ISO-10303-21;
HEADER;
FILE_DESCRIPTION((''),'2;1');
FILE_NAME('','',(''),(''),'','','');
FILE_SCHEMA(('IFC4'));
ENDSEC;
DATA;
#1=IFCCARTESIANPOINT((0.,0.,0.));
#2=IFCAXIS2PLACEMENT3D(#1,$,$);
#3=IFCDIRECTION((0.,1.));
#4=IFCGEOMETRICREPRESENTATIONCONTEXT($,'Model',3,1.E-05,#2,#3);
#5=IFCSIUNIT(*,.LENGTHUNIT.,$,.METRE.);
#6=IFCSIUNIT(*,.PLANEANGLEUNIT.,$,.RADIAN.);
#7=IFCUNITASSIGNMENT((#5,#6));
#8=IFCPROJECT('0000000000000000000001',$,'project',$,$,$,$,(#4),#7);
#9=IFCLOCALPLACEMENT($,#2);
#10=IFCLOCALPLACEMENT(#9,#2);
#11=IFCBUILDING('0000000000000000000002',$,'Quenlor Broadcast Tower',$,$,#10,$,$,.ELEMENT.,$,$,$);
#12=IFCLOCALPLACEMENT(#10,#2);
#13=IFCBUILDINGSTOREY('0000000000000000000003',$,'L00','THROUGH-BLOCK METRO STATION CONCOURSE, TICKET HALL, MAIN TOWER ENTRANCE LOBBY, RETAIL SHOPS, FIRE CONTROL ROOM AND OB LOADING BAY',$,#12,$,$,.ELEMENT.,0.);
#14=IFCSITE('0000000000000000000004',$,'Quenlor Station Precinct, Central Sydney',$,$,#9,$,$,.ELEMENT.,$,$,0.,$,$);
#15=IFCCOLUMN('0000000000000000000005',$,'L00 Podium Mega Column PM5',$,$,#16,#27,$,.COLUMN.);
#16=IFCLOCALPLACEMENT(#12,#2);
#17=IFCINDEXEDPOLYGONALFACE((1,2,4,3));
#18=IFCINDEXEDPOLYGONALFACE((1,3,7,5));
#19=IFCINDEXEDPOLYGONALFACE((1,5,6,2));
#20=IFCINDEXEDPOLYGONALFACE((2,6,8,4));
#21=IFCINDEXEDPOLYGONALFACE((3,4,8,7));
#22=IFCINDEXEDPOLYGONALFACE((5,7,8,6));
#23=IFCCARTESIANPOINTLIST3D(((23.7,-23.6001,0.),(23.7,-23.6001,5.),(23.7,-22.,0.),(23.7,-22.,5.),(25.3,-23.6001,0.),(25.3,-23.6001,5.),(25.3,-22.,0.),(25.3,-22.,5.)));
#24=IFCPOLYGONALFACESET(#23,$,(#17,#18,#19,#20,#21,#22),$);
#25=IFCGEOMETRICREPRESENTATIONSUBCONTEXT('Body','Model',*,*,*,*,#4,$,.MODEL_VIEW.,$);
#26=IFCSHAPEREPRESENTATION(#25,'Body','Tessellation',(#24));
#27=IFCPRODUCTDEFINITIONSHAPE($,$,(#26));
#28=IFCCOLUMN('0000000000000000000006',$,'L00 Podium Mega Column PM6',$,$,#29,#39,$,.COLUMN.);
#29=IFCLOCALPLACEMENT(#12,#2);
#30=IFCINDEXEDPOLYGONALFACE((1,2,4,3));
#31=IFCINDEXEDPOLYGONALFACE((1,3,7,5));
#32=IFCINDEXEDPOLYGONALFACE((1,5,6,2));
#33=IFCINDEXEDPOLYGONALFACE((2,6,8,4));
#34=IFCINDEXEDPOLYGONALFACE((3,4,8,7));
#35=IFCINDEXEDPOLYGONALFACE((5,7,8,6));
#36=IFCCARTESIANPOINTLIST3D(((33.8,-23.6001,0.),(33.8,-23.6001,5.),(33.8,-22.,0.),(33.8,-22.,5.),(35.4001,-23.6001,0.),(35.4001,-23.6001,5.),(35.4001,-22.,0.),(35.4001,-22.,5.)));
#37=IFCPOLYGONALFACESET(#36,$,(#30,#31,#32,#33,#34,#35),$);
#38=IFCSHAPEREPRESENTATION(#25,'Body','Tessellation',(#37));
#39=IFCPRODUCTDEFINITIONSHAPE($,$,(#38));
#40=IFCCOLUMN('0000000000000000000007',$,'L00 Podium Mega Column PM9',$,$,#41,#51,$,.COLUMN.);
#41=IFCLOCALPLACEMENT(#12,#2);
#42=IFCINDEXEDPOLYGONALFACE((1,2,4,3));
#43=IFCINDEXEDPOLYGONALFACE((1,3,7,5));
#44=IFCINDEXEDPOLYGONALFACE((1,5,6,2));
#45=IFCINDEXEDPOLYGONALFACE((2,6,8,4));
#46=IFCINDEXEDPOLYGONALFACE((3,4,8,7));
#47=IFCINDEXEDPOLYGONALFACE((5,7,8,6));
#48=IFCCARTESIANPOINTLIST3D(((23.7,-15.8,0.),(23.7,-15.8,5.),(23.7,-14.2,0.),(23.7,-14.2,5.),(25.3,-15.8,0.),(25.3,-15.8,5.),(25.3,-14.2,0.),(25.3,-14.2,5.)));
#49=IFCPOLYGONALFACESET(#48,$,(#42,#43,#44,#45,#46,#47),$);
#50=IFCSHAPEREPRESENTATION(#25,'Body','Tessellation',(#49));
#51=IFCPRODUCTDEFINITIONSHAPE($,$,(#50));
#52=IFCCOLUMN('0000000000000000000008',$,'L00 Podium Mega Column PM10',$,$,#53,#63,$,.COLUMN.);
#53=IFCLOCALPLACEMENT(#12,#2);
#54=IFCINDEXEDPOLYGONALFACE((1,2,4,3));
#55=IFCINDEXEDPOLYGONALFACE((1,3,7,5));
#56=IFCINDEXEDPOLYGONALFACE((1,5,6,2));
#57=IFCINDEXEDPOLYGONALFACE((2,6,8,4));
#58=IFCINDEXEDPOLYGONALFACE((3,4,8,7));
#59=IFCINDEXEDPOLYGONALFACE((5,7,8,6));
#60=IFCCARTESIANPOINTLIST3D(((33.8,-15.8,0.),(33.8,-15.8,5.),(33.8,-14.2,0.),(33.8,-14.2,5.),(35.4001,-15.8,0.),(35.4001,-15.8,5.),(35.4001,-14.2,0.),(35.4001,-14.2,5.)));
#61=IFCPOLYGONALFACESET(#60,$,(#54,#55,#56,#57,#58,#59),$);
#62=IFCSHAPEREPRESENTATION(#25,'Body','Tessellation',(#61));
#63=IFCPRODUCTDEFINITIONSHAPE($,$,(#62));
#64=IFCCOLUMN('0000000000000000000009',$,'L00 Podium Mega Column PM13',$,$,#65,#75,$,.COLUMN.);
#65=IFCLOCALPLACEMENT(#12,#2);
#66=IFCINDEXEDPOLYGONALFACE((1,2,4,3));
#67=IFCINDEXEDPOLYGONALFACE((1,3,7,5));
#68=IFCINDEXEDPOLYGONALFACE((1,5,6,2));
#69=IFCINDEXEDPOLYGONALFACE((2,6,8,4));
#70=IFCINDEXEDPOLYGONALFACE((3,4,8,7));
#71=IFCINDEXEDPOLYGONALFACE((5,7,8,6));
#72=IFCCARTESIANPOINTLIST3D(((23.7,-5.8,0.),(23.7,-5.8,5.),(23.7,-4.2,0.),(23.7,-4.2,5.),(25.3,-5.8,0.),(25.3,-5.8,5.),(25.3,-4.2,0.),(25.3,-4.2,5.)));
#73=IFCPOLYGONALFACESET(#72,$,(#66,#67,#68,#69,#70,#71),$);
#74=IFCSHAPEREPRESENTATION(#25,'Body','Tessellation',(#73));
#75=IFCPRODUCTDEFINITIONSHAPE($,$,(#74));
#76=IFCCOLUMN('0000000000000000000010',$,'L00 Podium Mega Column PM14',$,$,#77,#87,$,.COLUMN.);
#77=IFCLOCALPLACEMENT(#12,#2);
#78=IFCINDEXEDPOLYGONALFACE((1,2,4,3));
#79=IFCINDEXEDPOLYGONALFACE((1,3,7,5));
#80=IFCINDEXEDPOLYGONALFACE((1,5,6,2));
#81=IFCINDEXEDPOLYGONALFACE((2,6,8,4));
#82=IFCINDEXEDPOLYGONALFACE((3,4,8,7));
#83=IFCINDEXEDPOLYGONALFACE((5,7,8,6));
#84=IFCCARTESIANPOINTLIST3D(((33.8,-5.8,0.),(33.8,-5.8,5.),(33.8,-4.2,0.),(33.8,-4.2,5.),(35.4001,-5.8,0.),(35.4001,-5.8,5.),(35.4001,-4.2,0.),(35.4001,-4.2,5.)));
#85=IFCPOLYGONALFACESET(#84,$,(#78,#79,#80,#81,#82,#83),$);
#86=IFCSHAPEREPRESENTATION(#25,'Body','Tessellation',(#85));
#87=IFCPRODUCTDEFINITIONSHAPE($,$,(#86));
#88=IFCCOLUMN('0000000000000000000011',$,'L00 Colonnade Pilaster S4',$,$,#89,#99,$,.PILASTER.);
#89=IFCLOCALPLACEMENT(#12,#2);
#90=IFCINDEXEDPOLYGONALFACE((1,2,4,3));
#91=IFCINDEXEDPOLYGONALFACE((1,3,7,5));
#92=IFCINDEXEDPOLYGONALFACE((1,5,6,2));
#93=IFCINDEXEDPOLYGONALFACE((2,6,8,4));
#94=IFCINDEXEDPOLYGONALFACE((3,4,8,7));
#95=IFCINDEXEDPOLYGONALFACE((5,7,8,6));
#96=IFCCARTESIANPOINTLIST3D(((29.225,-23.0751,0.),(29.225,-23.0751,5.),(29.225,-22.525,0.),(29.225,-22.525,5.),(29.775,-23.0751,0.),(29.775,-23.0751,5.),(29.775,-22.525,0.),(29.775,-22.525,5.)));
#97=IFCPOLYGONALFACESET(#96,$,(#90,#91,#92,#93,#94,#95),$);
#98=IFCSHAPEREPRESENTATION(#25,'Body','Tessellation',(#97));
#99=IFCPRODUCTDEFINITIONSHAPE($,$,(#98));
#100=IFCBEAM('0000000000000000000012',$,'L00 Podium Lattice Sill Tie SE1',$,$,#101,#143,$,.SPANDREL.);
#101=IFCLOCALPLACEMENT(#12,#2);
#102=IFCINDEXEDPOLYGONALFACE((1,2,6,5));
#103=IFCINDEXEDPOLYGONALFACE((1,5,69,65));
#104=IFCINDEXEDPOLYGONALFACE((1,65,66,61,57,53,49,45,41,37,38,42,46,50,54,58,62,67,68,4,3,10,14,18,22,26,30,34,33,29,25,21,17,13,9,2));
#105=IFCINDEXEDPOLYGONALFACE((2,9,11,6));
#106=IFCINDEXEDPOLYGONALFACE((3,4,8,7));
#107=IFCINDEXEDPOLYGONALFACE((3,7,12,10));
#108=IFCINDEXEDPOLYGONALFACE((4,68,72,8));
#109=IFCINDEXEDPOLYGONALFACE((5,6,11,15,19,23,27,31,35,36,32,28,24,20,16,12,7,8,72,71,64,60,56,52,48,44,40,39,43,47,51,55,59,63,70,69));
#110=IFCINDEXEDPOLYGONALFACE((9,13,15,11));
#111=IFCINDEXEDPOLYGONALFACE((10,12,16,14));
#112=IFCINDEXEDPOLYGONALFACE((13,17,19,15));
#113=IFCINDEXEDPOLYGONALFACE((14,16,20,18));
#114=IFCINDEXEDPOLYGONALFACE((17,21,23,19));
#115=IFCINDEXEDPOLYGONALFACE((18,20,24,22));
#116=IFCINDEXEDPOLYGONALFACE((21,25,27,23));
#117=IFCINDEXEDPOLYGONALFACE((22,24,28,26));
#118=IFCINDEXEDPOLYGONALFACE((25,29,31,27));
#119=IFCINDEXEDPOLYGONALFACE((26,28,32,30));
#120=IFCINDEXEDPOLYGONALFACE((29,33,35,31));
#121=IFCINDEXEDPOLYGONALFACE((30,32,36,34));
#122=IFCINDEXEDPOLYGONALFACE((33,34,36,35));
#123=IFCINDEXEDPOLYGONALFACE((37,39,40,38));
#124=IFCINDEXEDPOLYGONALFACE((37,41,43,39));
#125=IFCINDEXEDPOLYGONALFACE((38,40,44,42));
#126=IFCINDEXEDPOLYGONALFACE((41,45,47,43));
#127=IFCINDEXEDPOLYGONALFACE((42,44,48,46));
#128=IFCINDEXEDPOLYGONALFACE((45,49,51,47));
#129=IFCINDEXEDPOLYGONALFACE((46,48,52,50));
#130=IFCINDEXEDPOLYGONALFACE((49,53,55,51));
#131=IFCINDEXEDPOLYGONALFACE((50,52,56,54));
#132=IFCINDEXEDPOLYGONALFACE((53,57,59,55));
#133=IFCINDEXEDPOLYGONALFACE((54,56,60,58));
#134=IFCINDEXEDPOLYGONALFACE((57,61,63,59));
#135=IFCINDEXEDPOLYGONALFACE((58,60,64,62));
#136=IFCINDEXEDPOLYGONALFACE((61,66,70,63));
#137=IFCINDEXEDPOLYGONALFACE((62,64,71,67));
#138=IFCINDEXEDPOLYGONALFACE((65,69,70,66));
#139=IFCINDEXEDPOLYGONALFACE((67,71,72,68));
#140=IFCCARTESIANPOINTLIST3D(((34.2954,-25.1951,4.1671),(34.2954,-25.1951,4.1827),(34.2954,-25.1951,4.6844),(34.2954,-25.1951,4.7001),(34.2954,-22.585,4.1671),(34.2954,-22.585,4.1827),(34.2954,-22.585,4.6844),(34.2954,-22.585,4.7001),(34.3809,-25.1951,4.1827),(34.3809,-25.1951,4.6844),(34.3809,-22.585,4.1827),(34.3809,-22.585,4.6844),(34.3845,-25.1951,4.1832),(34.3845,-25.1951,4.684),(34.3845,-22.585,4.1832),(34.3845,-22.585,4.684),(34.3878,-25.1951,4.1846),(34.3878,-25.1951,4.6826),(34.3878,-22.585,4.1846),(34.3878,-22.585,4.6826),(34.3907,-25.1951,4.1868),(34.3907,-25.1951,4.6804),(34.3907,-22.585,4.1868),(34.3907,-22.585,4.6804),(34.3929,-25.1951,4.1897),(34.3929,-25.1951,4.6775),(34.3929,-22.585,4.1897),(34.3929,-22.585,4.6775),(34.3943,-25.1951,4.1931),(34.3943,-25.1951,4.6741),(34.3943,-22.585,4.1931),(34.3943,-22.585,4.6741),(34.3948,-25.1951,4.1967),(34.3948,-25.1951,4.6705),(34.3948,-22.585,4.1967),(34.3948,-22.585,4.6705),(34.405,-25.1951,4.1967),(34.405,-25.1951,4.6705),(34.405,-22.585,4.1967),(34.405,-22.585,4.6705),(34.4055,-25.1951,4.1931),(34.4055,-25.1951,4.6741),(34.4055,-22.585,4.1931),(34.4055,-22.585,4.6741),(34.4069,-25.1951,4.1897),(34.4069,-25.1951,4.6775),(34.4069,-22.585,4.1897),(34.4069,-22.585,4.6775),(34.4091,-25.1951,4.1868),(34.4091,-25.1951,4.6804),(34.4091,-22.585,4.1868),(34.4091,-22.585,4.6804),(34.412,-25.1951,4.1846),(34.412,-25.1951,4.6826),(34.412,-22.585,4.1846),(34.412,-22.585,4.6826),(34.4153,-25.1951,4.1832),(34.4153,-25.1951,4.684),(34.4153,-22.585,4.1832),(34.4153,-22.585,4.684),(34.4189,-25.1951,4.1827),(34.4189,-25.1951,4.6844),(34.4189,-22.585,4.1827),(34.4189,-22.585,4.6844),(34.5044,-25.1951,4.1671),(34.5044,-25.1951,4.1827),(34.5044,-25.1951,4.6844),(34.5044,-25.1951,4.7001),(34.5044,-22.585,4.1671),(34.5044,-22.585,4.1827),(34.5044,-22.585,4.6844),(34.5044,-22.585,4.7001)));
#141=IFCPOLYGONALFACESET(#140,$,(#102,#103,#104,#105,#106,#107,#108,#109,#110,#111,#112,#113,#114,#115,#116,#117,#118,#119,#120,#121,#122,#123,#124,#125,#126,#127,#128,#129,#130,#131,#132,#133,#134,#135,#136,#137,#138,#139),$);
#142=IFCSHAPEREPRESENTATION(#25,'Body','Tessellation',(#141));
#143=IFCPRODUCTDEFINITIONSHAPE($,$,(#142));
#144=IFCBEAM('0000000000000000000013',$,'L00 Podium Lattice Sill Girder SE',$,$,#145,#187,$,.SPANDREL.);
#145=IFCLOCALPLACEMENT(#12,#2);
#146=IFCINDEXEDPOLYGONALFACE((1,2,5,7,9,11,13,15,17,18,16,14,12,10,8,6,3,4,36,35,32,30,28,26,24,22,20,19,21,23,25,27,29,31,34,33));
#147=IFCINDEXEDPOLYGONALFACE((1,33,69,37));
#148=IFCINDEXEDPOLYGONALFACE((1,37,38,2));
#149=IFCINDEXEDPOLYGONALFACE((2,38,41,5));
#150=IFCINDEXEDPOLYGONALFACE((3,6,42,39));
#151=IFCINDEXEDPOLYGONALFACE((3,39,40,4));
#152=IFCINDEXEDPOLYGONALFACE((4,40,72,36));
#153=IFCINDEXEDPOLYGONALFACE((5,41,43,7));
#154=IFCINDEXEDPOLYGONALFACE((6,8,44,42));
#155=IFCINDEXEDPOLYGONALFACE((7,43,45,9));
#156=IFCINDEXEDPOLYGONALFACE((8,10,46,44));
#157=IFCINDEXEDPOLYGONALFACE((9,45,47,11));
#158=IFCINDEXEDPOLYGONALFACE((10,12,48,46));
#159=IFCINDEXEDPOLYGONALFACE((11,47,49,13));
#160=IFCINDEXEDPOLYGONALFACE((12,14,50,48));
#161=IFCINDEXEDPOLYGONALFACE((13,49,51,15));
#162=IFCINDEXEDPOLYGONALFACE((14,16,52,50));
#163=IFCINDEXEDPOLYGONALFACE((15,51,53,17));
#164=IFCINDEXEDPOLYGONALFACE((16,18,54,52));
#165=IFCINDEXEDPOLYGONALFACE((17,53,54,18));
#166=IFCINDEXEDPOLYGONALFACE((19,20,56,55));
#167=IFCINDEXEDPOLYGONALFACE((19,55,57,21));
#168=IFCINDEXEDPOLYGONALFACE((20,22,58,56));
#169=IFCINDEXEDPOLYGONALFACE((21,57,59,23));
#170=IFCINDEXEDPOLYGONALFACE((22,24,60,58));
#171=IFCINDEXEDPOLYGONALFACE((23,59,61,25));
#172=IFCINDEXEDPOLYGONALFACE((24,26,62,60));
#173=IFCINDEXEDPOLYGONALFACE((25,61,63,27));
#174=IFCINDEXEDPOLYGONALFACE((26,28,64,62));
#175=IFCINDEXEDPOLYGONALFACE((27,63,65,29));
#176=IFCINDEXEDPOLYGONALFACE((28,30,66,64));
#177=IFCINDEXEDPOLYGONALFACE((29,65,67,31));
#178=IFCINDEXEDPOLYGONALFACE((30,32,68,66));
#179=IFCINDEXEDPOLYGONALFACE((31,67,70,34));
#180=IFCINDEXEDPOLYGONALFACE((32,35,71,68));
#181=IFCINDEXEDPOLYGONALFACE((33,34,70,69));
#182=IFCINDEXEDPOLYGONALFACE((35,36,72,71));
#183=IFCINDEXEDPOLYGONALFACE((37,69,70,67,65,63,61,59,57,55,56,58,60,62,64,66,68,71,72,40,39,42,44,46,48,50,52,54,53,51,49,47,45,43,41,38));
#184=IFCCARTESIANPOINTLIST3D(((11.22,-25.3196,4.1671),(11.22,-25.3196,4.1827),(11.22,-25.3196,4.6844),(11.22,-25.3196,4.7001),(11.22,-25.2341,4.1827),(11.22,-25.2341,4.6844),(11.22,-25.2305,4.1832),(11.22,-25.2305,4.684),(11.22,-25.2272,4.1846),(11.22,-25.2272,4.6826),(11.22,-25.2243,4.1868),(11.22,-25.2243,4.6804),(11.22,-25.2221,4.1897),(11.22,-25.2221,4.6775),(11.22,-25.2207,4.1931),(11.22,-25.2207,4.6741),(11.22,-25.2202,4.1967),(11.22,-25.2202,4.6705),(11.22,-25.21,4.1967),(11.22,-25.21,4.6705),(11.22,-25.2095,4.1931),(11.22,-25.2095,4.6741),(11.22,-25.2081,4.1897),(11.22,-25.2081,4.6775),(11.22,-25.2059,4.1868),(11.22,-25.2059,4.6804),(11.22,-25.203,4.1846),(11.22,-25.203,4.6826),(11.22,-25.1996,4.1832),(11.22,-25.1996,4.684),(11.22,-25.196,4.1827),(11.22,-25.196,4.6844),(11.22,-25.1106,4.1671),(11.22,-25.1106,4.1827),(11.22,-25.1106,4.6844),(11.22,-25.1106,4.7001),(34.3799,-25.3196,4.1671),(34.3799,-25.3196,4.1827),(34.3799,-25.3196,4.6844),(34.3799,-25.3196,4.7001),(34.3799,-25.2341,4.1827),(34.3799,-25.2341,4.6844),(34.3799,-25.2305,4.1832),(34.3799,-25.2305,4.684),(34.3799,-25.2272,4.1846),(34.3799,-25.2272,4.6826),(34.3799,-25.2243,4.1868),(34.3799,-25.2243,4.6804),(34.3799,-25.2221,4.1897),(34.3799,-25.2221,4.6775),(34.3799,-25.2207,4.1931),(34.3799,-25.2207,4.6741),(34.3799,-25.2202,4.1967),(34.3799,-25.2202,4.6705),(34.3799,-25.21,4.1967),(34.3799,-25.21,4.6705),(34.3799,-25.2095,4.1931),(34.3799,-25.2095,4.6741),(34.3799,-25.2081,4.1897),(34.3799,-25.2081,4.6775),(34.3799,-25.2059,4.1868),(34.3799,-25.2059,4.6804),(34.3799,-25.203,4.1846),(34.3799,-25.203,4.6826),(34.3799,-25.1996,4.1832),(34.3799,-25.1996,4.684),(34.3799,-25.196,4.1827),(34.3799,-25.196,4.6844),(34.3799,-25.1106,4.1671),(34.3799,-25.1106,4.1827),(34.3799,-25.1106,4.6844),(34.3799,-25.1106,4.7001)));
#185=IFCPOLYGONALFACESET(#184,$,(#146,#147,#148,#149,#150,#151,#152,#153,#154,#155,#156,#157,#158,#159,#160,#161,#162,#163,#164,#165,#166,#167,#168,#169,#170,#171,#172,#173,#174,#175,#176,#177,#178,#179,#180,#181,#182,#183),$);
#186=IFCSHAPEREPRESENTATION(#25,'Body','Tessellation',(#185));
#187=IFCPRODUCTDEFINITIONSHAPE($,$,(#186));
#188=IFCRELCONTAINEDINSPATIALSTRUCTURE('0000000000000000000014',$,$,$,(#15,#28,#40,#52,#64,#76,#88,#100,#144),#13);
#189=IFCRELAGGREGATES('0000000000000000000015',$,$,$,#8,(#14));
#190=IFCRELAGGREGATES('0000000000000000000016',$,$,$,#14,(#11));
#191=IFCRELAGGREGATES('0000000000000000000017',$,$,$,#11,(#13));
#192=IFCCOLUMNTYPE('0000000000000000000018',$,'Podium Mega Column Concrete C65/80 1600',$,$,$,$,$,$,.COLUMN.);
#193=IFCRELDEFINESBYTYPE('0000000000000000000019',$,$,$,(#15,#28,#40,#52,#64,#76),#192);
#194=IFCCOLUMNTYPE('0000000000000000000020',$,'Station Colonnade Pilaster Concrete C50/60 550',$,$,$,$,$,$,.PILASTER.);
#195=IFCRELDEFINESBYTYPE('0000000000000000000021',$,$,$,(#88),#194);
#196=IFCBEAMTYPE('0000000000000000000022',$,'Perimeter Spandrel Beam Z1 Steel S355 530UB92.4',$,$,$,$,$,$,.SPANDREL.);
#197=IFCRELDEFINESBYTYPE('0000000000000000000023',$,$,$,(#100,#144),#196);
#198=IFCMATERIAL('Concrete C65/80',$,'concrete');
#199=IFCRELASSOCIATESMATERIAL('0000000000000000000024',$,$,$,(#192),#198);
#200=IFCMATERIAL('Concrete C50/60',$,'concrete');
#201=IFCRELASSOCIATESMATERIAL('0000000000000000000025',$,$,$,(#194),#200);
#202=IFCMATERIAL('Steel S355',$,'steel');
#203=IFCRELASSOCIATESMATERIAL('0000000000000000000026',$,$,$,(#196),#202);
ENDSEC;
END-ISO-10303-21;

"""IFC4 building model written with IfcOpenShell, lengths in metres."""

from ifc_helpers import new_model, si_unit, direction, frame, origin, origin_2d, place, context, subcontext, project, spatial, rectangle, i_section, extrude, material, material_profile, profile_set, type_object, element, save


model = new_model("IFC4")

# Units and contexts
model_context = context("Model", 3, precision=1e-05, world=origin(), true_north=direction((0.0, 1.0)))
body_context = subcontext(model_context, "Body", "Model", "MODEL_VIEW")
ifc_project = project(units=[si_unit("LENGTHUNIT", "METRE"), si_unit("PLANEANGLEUNIT", "RADIAN")], contexts=[model_context])

# Site, building, storey
site_placement = place(None, origin())
site = spatial("IfcSite", under=ifc_project, at=site_placement, Name="Quenlor Station Precinct, Central Sydney", CompositionType="ELEMENT", RefElevation=0.0)
building_placement = place(site_placement, origin())
building = spatial("IfcBuilding", under=site, at=building_placement, Name="Quenlor Broadcast Tower", CompositionType="ELEMENT")
storey_placement = place(building_placement, origin())
storey = spatial("IfcBuildingStorey", under=building, at=storey_placement, Name="L00", Description="THROUGH-BLOCK METRO STATION CONCOURSE, TICKET HALL, MAIN TOWER ENTRANCE LOBBY, RETAIL SHOPS, FIRE CONTROL ROOM AND OB LOADING BAY", CompositionType="ELEMENT", Elevation=0.0)

# Columns
ifc_material_1 = material(Name="Concrete C65/80", Category="concrete")
ifc_material_profile_1 = material_profile(ifc_material_1, rectangle(XDim=1.6001, YDim=1.6001, at=origin_2d()))
ifc_profile_set_1 = profile_set([ifc_material_profile_1], Name="Concrete C65/80 RC1600x1600")
column_type_1 = type_object("IfcColumnType", Name="Podium Mega Column Concrete C65/80 1600", PredefinedType="COLUMN", material=ifc_profile_set_1)
for number, where, z_axis, x_axis, name in (
    (1, (24.5, -22.8, 0.0), (0.0, 0.0, 1.0), (1.0, 0.0, 0.0), "L00 Podium Mega Column PM5"),
    (2, (34.6001, -22.8, 0.0), (0.0, 0.0, 1.0), (1.0, 0.0, 0.0), "L00 Podium Mega Column PM6"),
    (3, (24.5, -15.0, 0.0), (0.0, 0.0, 1.0), (1.0, 0.0, 0.0), "L00 Podium Mega Column PM9"),
    (4, (34.6001, -15.0, 0.0), (0.0, 0.0, 1.0), (1.0, 0.0, 0.0), "L00 Podium Mega Column PM10"),
    (5, (24.5, -5.0, 0.0), (0.0, 0.0, 1.0), (1.0, 0.0, 0.0), "L00 Podium Mega Column PM13"),
    (6, (34.6001, -5.0, 0.0), (0.0, 0.0, 1.0), (1.0, 0.0, 0.0), "L00 Podium Mega Column PM14"),
):
    element("IfcColumn", number, at=place(storey_placement, frame(where, z_axis=z_axis, x_axis=x_axis)), inside=storey, type_object=column_type_1, Name=name, PredefinedType="COLUMN", context=body_context, shape_type="SweptSolid", body=[
        extrude(rectangle(XDim=1.6001, YDim=1.6001, at=origin_2d()), origin(), (0.0, 0.0, 1.0), 5.0),
    ])
ifc_material_2 = material(Name="Concrete C50/60", Category="concrete")
ifc_material_profile_2 = material_profile(ifc_material_2, rectangle(XDim=0.55, YDim=0.55, at=origin_2d()))
ifc_profile_set_2 = profile_set([ifc_material_profile_2], Name="Concrete C50/60 PIL550x550")
column_type_2 = type_object("IfcColumnType", Name="Station Colonnade Pilaster Concrete C50/60 550", PredefinedType="PILASTER", material=ifc_profile_set_2)
column_placement = place(storey_placement, frame((29.5, -22.8, 0.0), z_axis=(0.0, 0.0, 1.0), x_axis=(1.0, 0.0, 0.0)))
element("IfcColumn", 7, at=column_placement, inside=storey, type_object=column_type_2, Name="L00 Colonnade Pilaster S4", PredefinedType="PILASTER", context=body_context, shape_type="SweptSolid", body=[
    extrude(rectangle(XDim=0.55, YDim=0.55, at=origin_2d()), origin(), (0.0, 0.0, 1.0), 5.0),
])

# Beams
ifc_material_3 = material(Name="Steel S355", Category="steel")
ifc_material_profile_3 = material_profile(ifc_material_3, i_section(OverallWidth=0.209, OverallDepth=0.533, WebThickness=0.0103, FlangeThickness=0.0156, FilletRadius=0.0139, at=origin_2d()))
ifc_profile_set_3 = profile_set([ifc_material_profile_3], Name="Steel S355 530UB92.4")
beam_type_1 = type_object("IfcBeamType", Name="Perimeter Spandrel Beam Z1 Steel S355 530UB92.4", PredefinedType="SPANDREL", material=ifc_profile_set_3)
beam_1_placement = place(storey_placement, frame((34.3999, -22.585, 4.4336), z_axis=(0.0, -1.0, 0.0), x_axis=(1.0, 0.0, 0.0)))
element("IfcBeam", 8, at=beam_1_placement, inside=storey, type_object=beam_type_1, Name="L00 Podium Lattice Sill Tie SE1", PredefinedType="SPANDREL", context=body_context, shape_type="SweptSolid", body=[
    extrude(i_section(OverallWidth=0.209, OverallDepth=0.533, WebThickness=0.0103, FlangeThickness=0.0156, FilletRadius=0.0139, at=origin_2d()), origin(), (0.0, 0.0, 1.0), 2.6101),
])
beam_2_placement = place(storey_placement, frame((34.3799, -25.2151, 4.4336), z_axis=(-1.0, 0.0, 0.0), x_axis=(0.0, -1.0, 0.0)))
element("IfcBeam", 9, at=beam_2_placement, inside=storey, type_object=beam_type_1, Name="L00 Podium Lattice Sill Girder SE", PredefinedType="SPANDREL", context=body_context, shape_type="SweptSolid", body=[
    extrude(i_section(OverallWidth=0.209, OverallDepth=0.533, WebThickness=0.0103, FlangeThickness=0.0156, FilletRadius=0.0139, at=origin_2d()), origin(), (0.0, 0.0, 1.0), 23.1599),
])

save(model, "model.ifc")
